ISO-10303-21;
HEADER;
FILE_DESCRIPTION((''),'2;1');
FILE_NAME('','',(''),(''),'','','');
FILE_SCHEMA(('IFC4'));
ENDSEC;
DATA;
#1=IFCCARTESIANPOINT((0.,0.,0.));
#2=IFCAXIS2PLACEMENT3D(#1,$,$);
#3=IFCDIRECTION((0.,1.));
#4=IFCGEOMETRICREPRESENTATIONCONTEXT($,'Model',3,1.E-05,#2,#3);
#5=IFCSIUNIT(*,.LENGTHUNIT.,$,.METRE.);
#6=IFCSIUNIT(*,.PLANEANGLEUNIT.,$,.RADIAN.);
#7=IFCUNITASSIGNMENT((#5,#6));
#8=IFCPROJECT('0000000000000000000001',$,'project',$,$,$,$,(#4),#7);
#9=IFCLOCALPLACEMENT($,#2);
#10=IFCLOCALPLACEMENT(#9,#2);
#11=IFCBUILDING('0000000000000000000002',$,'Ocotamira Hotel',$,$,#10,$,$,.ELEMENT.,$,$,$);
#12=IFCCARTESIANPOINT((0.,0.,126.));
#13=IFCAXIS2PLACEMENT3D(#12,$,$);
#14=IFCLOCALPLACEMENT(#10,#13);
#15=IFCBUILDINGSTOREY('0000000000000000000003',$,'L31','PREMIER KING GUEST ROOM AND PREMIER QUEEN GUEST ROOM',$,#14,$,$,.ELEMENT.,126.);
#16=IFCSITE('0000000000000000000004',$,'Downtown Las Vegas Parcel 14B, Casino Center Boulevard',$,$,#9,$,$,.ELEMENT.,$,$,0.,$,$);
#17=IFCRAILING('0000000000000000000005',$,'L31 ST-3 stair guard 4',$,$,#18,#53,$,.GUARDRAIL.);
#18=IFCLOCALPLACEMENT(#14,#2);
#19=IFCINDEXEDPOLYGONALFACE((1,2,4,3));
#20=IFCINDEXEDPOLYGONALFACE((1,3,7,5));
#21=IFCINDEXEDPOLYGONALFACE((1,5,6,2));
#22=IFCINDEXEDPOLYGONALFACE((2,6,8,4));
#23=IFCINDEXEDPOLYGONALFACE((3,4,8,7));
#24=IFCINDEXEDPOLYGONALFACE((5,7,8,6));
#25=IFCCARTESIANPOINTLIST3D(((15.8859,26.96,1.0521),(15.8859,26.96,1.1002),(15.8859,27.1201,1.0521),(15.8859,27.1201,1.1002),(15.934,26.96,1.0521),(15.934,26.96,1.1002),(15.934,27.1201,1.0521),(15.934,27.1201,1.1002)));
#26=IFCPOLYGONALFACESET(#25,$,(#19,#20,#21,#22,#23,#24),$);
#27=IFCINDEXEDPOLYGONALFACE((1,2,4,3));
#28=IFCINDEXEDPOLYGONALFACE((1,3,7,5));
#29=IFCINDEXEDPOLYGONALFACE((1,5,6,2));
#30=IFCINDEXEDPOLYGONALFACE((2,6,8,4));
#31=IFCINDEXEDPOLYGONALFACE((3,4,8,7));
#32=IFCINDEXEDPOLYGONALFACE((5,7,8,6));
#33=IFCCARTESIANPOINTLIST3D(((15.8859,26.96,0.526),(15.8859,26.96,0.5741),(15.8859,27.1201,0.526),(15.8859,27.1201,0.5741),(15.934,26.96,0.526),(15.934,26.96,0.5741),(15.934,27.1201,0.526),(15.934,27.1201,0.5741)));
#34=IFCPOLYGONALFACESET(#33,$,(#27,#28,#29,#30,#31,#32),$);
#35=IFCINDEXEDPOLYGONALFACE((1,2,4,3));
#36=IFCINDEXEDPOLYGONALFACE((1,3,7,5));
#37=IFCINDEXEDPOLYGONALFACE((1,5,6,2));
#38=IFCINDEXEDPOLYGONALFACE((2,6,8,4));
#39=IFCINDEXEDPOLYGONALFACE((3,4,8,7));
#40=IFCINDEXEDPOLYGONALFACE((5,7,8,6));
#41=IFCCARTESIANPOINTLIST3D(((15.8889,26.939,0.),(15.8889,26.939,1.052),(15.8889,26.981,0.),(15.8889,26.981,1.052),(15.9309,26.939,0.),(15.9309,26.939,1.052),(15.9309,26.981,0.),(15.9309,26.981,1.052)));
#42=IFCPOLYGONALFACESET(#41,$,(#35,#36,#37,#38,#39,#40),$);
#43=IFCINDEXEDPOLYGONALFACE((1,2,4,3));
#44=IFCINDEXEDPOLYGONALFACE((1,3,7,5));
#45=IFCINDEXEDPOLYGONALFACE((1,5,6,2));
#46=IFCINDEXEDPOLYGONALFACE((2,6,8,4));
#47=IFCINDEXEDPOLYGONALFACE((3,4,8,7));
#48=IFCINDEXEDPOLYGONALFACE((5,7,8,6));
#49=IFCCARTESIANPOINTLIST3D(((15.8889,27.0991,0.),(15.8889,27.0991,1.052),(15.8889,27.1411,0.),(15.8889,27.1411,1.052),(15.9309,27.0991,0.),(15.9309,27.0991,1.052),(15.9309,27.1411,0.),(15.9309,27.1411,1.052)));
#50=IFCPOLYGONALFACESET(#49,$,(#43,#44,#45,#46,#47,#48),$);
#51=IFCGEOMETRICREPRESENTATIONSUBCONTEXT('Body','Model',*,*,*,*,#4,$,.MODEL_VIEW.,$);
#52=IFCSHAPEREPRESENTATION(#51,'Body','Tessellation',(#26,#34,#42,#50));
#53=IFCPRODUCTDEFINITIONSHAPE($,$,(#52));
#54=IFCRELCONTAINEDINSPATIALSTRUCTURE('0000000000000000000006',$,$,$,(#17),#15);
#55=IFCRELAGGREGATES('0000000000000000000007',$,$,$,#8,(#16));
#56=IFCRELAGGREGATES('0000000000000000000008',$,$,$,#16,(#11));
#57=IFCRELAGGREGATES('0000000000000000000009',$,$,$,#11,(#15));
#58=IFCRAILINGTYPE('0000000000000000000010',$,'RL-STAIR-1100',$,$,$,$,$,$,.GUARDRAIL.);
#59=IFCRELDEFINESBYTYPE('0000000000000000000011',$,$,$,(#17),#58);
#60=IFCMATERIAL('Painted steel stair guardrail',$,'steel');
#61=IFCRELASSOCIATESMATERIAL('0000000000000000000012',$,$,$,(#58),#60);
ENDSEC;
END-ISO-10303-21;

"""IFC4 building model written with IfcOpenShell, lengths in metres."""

from ifc_helpers import new_model, si_unit, direction, frame, origin, origin_2d, place, context, subcontext, project, spatial, rectangle, extrude, material, type_object, element, save


model = new_model("IFC4")

# Units and contexts
model_context = context("Model", 3, precision=1e-05, world=origin(), true_north=direction((0.0, 1.0)))
body_context = subcontext(model_context, "Body", "Model", "MODEL_VIEW")
ifc_project = project(units=[si_unit("LENGTHUNIT", "METRE"), si_unit("PLANEANGLEUNIT", "RADIAN")], contexts=[model_context])

# Site, building, storey
site_placement = place(None, origin())
site = spatial("IfcSite", under=ifc_project, at=site_placement, Name="Downtown Las Vegas Parcel 14B, Casino Center Boulevard", CompositionType="ELEMENT", RefElevation=0.0)
building_placement = place(site_placement, origin())
building = spatial("IfcBuilding", under=site, at=building_placement, Name="Ocotamira Hotel", CompositionType="ELEMENT")
storey_placement = place(building_placement, frame((0.0, 0.0, 126.0)))
storey = spatial("IfcBuildingStorey", under=building, at=storey_placement, Name="L31", Description="PREMIER KING GUEST ROOM AND PREMIER QUEEN GUEST ROOM", CompositionType="ELEMENT", Elevation=126.0)

# Railing
ifc_material_1 = material(Name="Painted steel stair guardrail", Category="steel")
railing_type_1 = type_object("IfcRailingType", Name="RL-STAIR-1100", PredefinedType="GUARDRAIL", material=ifc_material_1)
railing_1_placement = place(storey_placement, frame((15.9099, 26.96, 0.0)))
element("IfcRailing", 1, at=railing_1_placement, inside=storey, type_object=railing_type_1, Name="L31 ST-3 stair guard 4", PredefinedType="GUARDRAIL", context=body_context, shape_type="SweptSolid", body=[
    extrude(rectangle(XDim=0.0481, YDim=0.0481, at=origin_2d()), frame((0.0, 0.0, 1.0762), z_axis=(0.0, 1.0, 0.0), x_axis=(-1.0, 0.0, 0.0)), (0.0, 0.0, 1.0), 0.1602),
    extrude(rectangle(XDim=0.0481, YDim=0.0481, at=origin_2d()), frame((0.0, 0.0, 0.55), z_axis=(0.0, 1.0, 0.0), x_axis=(-1.0, 0.0, 0.0)), (0.0, 0.0, 1.0), 0.1602),
    extrude(rectangle(XDim=0.042, YDim=0.042, at=origin_2d()), origin(), (0.0, 0.0, 1.0), 1.052),
    extrude(rectangle(XDim=0.042, YDim=0.042, at=origin_2d()), frame((0.0, 0.1602, 0.0)), (0.0, 0.0, 1.0), 1.052),
])

save(model, "model.ifc")
